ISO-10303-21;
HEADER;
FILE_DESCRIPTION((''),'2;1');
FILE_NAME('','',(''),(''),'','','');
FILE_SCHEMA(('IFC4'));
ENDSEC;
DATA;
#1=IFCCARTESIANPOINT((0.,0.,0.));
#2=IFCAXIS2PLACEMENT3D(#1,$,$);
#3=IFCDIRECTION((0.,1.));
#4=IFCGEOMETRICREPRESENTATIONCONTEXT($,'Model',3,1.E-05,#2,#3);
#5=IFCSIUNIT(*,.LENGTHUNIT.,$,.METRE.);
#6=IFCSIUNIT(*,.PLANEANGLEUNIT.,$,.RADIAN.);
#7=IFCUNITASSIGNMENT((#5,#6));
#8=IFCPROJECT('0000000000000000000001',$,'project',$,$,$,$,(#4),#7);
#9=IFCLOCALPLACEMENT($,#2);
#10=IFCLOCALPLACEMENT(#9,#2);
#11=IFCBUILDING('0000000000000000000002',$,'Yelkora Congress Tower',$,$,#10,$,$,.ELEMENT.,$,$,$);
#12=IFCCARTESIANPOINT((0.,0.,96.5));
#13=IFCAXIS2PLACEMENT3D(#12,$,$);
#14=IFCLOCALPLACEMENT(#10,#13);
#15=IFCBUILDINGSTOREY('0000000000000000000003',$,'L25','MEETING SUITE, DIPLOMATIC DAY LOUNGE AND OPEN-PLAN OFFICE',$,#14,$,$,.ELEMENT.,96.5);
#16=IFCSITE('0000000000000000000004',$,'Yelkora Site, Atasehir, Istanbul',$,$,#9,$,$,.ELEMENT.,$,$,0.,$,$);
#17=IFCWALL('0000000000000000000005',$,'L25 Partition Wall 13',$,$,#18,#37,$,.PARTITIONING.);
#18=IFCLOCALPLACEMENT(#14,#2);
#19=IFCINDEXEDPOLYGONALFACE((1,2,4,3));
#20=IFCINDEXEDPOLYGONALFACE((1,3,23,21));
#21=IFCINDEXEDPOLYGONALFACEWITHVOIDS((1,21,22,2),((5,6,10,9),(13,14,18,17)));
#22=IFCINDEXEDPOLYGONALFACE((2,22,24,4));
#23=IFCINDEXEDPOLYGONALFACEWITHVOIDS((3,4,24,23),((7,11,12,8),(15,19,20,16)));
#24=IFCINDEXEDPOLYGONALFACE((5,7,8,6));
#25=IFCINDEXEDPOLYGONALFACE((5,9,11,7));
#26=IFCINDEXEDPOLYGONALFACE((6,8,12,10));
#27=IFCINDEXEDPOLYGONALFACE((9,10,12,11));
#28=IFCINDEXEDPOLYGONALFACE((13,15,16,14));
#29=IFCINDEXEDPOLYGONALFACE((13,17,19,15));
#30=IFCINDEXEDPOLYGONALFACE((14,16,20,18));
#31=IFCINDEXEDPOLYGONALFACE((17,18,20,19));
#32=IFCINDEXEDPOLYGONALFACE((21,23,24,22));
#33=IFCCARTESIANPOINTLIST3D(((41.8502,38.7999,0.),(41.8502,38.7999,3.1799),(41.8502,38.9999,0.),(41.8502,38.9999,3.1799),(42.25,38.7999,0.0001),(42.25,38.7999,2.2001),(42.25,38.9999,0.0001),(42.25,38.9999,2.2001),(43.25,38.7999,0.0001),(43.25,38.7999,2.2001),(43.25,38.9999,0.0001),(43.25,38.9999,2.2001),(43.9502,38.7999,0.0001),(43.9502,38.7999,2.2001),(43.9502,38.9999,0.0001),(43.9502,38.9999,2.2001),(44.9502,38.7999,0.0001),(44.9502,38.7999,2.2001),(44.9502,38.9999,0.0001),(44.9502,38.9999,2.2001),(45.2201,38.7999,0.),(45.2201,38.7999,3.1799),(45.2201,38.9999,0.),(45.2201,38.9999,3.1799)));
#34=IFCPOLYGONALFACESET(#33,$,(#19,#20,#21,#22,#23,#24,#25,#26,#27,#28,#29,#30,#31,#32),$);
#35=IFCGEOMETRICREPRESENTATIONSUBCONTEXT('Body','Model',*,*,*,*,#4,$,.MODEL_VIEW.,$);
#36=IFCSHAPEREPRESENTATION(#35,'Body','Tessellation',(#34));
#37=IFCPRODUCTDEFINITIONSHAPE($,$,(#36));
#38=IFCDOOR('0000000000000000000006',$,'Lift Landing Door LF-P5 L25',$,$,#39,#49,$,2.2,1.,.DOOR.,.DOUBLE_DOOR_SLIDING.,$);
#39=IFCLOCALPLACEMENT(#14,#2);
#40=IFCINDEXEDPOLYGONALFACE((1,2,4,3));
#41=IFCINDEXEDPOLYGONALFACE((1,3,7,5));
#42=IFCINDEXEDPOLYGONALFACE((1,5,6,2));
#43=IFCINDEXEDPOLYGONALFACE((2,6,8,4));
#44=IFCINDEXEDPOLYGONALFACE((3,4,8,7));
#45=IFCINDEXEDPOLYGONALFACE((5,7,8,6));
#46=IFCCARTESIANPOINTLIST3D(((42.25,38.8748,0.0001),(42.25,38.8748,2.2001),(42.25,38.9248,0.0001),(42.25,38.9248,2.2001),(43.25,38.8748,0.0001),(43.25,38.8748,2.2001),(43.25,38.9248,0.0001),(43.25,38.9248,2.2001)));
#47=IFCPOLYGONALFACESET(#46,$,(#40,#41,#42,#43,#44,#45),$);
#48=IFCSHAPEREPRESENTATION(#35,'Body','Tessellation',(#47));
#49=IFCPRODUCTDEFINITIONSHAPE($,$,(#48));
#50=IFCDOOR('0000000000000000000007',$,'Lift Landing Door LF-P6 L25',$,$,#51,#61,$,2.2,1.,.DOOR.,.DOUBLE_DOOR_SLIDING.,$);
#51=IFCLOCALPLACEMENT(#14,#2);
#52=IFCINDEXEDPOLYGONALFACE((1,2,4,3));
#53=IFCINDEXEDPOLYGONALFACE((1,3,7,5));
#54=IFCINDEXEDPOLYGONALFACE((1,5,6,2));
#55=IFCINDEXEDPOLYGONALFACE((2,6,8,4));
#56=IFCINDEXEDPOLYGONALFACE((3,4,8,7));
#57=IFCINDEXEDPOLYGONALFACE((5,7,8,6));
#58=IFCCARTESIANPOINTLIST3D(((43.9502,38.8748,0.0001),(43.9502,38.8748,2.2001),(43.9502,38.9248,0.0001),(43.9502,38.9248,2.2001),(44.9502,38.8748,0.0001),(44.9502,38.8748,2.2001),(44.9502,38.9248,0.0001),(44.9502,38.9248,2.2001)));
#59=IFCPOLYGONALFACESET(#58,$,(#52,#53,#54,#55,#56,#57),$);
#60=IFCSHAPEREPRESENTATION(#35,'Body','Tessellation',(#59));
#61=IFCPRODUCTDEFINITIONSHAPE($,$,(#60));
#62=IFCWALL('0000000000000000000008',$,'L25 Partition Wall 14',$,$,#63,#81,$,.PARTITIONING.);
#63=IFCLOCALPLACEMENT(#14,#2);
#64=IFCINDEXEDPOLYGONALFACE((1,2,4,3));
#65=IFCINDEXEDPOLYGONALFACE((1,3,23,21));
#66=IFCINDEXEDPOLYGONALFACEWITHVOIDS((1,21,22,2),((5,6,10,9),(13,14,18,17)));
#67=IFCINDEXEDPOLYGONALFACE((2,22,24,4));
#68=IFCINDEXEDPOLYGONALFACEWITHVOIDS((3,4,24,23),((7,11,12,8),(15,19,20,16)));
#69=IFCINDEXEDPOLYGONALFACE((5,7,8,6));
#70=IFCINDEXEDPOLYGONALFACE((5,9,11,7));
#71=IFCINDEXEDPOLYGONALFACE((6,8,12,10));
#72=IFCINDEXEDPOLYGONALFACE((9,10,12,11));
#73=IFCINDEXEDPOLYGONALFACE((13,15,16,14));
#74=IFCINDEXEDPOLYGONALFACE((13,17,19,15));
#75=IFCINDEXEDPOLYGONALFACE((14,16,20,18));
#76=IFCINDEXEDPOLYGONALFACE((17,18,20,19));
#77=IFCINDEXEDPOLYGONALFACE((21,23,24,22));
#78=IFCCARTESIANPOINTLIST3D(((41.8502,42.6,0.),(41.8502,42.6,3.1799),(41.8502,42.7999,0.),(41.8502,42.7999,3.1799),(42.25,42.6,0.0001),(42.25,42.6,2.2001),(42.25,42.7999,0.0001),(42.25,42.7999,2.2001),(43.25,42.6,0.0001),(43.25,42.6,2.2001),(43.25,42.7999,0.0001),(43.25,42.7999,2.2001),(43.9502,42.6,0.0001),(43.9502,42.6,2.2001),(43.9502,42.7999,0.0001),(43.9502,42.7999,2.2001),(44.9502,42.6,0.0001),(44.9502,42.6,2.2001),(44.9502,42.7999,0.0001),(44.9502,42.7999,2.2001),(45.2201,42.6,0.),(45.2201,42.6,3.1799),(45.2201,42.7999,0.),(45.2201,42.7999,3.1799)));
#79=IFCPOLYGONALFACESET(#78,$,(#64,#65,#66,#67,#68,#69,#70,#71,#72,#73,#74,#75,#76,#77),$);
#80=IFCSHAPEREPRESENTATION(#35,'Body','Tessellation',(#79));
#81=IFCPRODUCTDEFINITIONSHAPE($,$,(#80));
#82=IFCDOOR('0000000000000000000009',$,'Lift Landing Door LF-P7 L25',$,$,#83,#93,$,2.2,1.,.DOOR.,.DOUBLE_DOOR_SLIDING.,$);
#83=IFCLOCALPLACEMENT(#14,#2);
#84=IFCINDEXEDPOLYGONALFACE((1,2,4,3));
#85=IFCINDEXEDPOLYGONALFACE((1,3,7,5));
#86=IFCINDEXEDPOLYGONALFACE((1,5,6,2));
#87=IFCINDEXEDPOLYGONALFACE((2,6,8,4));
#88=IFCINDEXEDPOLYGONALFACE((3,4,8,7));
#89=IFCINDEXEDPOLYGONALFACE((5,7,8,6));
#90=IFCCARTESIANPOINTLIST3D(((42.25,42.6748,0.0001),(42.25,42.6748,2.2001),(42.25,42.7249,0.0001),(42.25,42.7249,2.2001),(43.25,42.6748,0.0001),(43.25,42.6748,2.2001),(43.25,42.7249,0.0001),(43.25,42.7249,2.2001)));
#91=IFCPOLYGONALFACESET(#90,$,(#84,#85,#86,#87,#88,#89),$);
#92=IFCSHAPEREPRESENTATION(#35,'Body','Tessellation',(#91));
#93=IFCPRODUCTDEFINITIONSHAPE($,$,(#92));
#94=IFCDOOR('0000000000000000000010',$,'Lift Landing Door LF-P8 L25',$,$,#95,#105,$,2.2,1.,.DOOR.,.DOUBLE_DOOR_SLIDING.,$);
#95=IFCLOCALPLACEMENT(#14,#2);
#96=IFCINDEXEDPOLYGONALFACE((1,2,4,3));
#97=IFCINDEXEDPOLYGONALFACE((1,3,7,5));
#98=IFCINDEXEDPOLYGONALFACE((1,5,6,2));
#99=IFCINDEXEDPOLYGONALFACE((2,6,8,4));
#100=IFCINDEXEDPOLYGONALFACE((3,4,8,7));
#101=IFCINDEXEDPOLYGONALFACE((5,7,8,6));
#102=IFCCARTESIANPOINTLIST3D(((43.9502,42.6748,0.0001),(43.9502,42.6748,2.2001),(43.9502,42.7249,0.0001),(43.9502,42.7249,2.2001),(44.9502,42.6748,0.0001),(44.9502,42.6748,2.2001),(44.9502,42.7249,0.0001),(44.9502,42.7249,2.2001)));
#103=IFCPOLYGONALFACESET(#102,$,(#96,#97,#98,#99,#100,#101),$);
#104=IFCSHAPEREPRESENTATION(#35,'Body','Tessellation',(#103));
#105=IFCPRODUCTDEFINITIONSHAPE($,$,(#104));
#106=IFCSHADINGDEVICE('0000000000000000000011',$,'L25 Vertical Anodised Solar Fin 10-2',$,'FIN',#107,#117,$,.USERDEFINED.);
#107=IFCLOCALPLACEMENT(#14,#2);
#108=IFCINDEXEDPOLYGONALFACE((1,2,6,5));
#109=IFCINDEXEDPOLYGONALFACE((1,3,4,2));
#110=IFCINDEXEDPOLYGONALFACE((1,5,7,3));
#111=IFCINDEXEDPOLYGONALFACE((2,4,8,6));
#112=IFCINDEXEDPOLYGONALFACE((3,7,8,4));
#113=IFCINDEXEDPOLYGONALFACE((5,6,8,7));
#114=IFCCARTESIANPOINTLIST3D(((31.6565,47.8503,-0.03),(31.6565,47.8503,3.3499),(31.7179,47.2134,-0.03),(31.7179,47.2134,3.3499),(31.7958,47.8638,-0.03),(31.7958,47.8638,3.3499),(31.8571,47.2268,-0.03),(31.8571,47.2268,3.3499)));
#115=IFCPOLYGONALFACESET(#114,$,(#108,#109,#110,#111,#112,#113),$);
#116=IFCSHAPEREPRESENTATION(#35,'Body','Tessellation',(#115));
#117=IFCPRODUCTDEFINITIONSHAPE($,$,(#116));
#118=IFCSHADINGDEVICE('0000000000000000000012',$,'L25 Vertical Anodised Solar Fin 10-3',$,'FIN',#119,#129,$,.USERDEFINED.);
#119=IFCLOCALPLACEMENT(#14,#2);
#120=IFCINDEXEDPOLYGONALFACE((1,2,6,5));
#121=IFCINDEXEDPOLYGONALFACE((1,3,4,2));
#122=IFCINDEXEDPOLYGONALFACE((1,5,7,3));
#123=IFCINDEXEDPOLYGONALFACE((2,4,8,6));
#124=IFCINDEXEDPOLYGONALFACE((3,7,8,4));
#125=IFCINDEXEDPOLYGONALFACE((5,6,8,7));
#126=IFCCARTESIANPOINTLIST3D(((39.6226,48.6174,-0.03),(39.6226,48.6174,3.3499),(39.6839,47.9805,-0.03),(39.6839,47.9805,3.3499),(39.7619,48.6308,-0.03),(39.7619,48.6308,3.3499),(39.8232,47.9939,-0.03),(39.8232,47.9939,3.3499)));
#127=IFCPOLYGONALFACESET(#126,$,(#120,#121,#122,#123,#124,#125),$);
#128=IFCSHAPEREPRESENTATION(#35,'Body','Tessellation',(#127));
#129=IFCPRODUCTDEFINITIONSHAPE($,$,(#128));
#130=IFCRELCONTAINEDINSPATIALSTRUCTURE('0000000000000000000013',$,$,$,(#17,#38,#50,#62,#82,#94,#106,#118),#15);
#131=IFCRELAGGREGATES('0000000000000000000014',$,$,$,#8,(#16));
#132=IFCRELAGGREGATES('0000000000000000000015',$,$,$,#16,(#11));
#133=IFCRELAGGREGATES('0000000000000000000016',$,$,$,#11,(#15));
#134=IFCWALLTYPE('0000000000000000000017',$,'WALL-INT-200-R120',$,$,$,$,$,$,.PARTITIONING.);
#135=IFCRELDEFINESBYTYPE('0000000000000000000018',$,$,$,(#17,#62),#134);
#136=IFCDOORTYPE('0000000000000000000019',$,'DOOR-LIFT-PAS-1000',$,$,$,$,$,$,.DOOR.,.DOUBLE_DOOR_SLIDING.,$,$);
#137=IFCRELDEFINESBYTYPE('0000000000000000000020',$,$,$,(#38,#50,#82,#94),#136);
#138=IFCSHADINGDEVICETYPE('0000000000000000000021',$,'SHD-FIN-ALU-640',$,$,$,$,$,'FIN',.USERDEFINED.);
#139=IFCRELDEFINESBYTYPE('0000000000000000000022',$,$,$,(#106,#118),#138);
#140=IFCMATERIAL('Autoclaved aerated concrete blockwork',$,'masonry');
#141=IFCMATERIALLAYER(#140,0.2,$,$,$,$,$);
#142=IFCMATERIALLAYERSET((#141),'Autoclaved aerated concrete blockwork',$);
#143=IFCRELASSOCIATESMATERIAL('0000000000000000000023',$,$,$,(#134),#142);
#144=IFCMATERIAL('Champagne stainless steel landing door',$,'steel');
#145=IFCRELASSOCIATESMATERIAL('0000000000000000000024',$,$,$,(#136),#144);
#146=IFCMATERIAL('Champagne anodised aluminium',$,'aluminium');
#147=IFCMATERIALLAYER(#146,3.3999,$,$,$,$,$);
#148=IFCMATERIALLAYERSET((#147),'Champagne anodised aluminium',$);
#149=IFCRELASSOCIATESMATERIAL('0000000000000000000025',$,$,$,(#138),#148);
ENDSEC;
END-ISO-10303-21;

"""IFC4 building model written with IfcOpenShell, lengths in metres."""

from ifc_helpers import new_model, si_unit, direction, frame, frame_2d, origin, origin_2d, place, context, subcontext, project, spatial, rectangle, extrude, material, layer, layer_set, type_object, element, fill, save


model = new_model("IFC4")

# Units and contexts
model_context = context("Model", 3, precision=1e-05, world=origin(), true_north=direction((0.0, 1.0)))
body_context = subcontext(model_context, "Body", "Model", "MODEL_VIEW")
ifc_project = project(units=[si_unit("LENGTHUNIT", "METRE"), si_unit("PLANEANGLEUNIT", "RADIAN")], contexts=[model_context])

# Site, building, storey
site_placement = place(None, origin())
site = spatial("IfcSite", under=ifc_project, at=site_placement, Name="Yelkora Site, Atasehir, Istanbul", CompositionType="ELEMENT", RefElevation=0.0)
building_placement = place(site_placement, origin())
building = spatial("IfcBuilding", under=site, at=building_placement, Name="Yelkora Congress Tower", CompositionType="ELEMENT")
storey_placement = place(building_placement, frame((0.0, 0.0, 96.5)))
storey = spatial("IfcBuildingStorey", under=building, at=storey_placement, Name="L25", Description="MEETING SUITE, DIPLOMATIC DAY LOUNGE AND OPEN-PLAN OFFICE", CompositionType="ELEMENT", Elevation=96.5)

# Shared definitions
ifc_material_1 = material(Name="Autoclaved aerated concrete blockwork", Category="masonry")
ifc_layer_1 = layer(ifc_material_1, 0.2)
ifc_layer_set_1 = layer_set([ifc_layer_1], Name="Autoclaved aerated concrete blockwork")
wall_type_1 = type_object("IfcWallType", Name="WALL-INT-200-R120", PredefinedType="PARTITIONING", material=ifc_layer_set_1)

# Walls, openings, doors
wall_1_placement = place(storey_placement, frame((41.8501, 38.8999, 0.0), z_axis=(0.0, 0.0, 1.0), x_axis=(1.0, 0.0, 0.0)))
wall_1 = element("IfcWall", 1, at=wall_1_placement, inside=storey, type_object=wall_type_1, Name="L25 Partition Wall 13", PredefinedType="PARTITIONING", context=body_context, shape_type="SweptSolid", body=[
    extrude(rectangle(XDim=3.3699, YDim=0.2, at=frame_2d((1.6851, 0.0))), origin(), (0.0, 0.0, 1.0), 3.1799),
])
opening_1_placement = place(wall_1_placement, frame((0.3999, 0.0, 0.0)))
opening_1 = element("IfcOpeningElement", 2, at=opening_1_placement, cuts=wall_1, PredefinedType="OPENING", context=body_context, shape_type="SweptSolid", body=[
    extrude(rectangle(XDim=1.0, YDim=2.2, at=frame_2d((0.5, 1.1001))), frame((0.0, 0.1099, 0.0), z_axis=(0.0, -1.0, 0.0), x_axis=(1.0, 0.0, 0.0)), (0.0, 0.0, 1.0), 0.22),
])
opening_2_placement = place(wall_1_placement, frame((2.1001, 0.0, 0.0)))
opening_2 = element("IfcOpeningElement", 3, at=opening_2_placement, cuts=wall_1, PredefinedType="OPENING", context=body_context, shape_type="SweptSolid", body=[
    extrude(rectangle(XDim=1.0, YDim=2.2, at=frame_2d((0.5, 1.1001))), frame((0.0, 0.1099, 0.0), z_axis=(0.0, -1.0, 0.0), x_axis=(1.0, 0.0, 0.0)), (0.0, 0.0, 1.0), 0.22),
])
ifc_material_2 = material(Name="Champagne stainless steel landing door", Category="steel")
door_type_1 = type_object("IfcDoorType", Name="DOOR-LIFT-PAS-1000", OperationType="DOUBLE_DOOR_SLIDING", PredefinedType="DOOR", material=ifc_material_2)
door_1_placement = place(opening_1_placement, origin())
door_1 = element("IfcDoor", 4, at=door_1_placement, inside=storey, type_object=door_type_1, Name="Lift Landing Door LF-P5 L25", OperationType="DOUBLE_DOOR_SLIDING", OverallHeight=2.2, OverallWidth=1.0, PredefinedType="DOOR", context=body_context, shape_type="SweptSolid", body=[
    extrude(rectangle(XDim=1.0, YDim=2.2, at=frame_2d((0.5, 1.1001))), frame((0.0, 0.0249, 0.0), z_axis=(0.0, -1.0, 0.0), x_axis=(1.0, 0.0, 0.0)), (0.0, 0.0, 1.0), 0.05),
])
fill(opening_1, door_1)
door_2_placement = place(opening_2_placement, origin())
door_2 = element("IfcDoor", 5, at=door_2_placement, inside=storey, type_object=door_type_1, Name="Lift Landing Door LF-P6 L25", OperationType="DOUBLE_DOOR_SLIDING", OverallHeight=2.2, OverallWidth=1.0, PredefinedType="DOOR", context=body_context, shape_type="SweptSolid", body=[
    extrude(rectangle(XDim=1.0, YDim=2.2, at=frame_2d((0.5, 1.1001))), frame((0.0, 0.0249, 0.0), z_axis=(0.0, -1.0, 0.0), x_axis=(1.0, 0.0, 0.0)), (0.0, 0.0, 1.0), 0.05),
])
fill(opening_2, door_2)
wall_2_placement = place(storey_placement, frame((41.8501, 42.7, 0.0), z_axis=(0.0, 0.0, 1.0), x_axis=(1.0, 0.0, 0.0)))
wall_2 = element("IfcWall", 6, at=wall_2_placement, inside=storey, type_object=wall_type_1, Name="L25 Partition Wall 14", PredefinedType="PARTITIONING", context=body_context, shape_type="SweptSolid", body=[
    extrude(rectangle(XDim=3.3699, YDim=0.2, at=frame_2d((1.6851, 0.0))), origin(), (0.0, 0.0, 1.0), 3.1799),
])
opening_3_placement = place(wall_2_placement, frame((0.3999, 0.0, 0.0)))
opening_3 = element("IfcOpeningElement", 7, at=opening_3_placement, cuts=wall_2, PredefinedType="OPENING", context=body_context, shape_type="SweptSolid", body=[
    extrude(rectangle(XDim=1.0, YDim=2.2, at=frame_2d((0.5, 1.1001))), frame((0.0, 0.1099, 0.0), z_axis=(0.0, -1.0, 0.0), x_axis=(1.0, 0.0, 0.0)), (0.0, 0.0, 1.0), 0.22),
])
opening_4_placement = place(wall_2_placement, frame((2.1001, 0.0, 0.0)))
opening_4 = element("IfcOpeningElement", 8, at=opening_4_placement, cuts=wall_2, PredefinedType="OPENING", context=body_context, shape_type="SweptSolid", body=[
    extrude(rectangle(XDim=1.0, YDim=2.2, at=frame_2d((0.5, 1.1001))), frame((0.0, 0.1099, 0.0), z_axis=(0.0, -1.0, 0.0), x_axis=(1.0, 0.0, 0.0)), (0.0, 0.0, 1.0), 0.22),
])
door_3_placement = place(opening_3_placement, origin())
door_3 = element("IfcDoor", 9, at=door_3_placement, inside=storey, type_object=door_type_1, Name="Lift Landing Door LF-P7 L25", OperationType="DOUBLE_DOOR_SLIDING", OverallHeight=2.2, OverallWidth=1.0, PredefinedType="DOOR", context=body_context, shape_type="SweptSolid", body=[
    extrude(rectangle(XDim=1.0, YDim=2.2, at=frame_2d((0.5, 1.1001))), frame((0.0, 0.0249, 0.0), z_axis=(0.0, -1.0, 0.0), x_axis=(1.0, 0.0, 0.0)), (0.0, 0.0, 1.0), 0.05),
])
fill(opening_3, door_3)
door_4_placement = place(opening_4_placement, origin())
door_4 = element("IfcDoor", 10, at=door_4_placement, inside=storey, type_object=door_type_1, Name="Lift Landing Door LF-P8 L25", OperationType="DOUBLE_DOOR_SLIDING", OverallHeight=2.2, OverallWidth=1.0, PredefinedType="DOOR", context=body_context, shape_type="SweptSolid", body=[
    extrude(rectangle(XDim=1.0, YDim=2.2, at=frame_2d((0.5, 1.1001))), frame((0.0, 0.0249, 0.0), z_axis=(0.0, -1.0, 0.0), x_axis=(1.0, 0.0, 0.0)), (0.0, 0.0, 1.0), 0.05),
])
fill(opening_4, door_4)

# Shading devices
ifc_material_3 = material(Name="Champagne anodised aluminium", Category="aluminium")
ifc_layer_2 = layer(ifc_material_3, 3.3999)
ifc_layer_set_2 = layer_set([ifc_layer_2], Name="Champagne anodised aluminium")
shading_device_type = type_object("IfcShadingDeviceType", Name="SHD-FIN-ALU-640", ElementType="FIN", PredefinedType="USERDEFINED", material=ifc_layer_set_2)
for number, where, z_axis, x_axis, name in (
    (11, (31.7568, 47.5386, -0.03), (0.0, 0.0, 1.0), (0.995396, 0.095846, 0.0), "L25 Vertical Anodised Solar Fin 10-2"),
    (12, (39.7229, 48.3057, -0.03), (0.0, 0.0, 1.0), (0.995396, 0.095846, 0.0), "L25 Vertical Anodised Solar Fin 10-3"),
):
    element("IfcShadingDevice", number, at=place(storey_placement, frame(where, z_axis=z_axis, x_axis=x_axis)), inside=storey, type_object=shading_device_type, Name=name, ObjectType="FIN", PredefinedType="USERDEFINED", context=body_context, shape_type="SweptSolid", body=[
        extrude(rectangle(XDim=0.1399, YDim=0.6399, at=origin_2d()), origin(), (0.0, 0.0, 1.0), 3.3799),
    ])

save(model, "model.ifc")
